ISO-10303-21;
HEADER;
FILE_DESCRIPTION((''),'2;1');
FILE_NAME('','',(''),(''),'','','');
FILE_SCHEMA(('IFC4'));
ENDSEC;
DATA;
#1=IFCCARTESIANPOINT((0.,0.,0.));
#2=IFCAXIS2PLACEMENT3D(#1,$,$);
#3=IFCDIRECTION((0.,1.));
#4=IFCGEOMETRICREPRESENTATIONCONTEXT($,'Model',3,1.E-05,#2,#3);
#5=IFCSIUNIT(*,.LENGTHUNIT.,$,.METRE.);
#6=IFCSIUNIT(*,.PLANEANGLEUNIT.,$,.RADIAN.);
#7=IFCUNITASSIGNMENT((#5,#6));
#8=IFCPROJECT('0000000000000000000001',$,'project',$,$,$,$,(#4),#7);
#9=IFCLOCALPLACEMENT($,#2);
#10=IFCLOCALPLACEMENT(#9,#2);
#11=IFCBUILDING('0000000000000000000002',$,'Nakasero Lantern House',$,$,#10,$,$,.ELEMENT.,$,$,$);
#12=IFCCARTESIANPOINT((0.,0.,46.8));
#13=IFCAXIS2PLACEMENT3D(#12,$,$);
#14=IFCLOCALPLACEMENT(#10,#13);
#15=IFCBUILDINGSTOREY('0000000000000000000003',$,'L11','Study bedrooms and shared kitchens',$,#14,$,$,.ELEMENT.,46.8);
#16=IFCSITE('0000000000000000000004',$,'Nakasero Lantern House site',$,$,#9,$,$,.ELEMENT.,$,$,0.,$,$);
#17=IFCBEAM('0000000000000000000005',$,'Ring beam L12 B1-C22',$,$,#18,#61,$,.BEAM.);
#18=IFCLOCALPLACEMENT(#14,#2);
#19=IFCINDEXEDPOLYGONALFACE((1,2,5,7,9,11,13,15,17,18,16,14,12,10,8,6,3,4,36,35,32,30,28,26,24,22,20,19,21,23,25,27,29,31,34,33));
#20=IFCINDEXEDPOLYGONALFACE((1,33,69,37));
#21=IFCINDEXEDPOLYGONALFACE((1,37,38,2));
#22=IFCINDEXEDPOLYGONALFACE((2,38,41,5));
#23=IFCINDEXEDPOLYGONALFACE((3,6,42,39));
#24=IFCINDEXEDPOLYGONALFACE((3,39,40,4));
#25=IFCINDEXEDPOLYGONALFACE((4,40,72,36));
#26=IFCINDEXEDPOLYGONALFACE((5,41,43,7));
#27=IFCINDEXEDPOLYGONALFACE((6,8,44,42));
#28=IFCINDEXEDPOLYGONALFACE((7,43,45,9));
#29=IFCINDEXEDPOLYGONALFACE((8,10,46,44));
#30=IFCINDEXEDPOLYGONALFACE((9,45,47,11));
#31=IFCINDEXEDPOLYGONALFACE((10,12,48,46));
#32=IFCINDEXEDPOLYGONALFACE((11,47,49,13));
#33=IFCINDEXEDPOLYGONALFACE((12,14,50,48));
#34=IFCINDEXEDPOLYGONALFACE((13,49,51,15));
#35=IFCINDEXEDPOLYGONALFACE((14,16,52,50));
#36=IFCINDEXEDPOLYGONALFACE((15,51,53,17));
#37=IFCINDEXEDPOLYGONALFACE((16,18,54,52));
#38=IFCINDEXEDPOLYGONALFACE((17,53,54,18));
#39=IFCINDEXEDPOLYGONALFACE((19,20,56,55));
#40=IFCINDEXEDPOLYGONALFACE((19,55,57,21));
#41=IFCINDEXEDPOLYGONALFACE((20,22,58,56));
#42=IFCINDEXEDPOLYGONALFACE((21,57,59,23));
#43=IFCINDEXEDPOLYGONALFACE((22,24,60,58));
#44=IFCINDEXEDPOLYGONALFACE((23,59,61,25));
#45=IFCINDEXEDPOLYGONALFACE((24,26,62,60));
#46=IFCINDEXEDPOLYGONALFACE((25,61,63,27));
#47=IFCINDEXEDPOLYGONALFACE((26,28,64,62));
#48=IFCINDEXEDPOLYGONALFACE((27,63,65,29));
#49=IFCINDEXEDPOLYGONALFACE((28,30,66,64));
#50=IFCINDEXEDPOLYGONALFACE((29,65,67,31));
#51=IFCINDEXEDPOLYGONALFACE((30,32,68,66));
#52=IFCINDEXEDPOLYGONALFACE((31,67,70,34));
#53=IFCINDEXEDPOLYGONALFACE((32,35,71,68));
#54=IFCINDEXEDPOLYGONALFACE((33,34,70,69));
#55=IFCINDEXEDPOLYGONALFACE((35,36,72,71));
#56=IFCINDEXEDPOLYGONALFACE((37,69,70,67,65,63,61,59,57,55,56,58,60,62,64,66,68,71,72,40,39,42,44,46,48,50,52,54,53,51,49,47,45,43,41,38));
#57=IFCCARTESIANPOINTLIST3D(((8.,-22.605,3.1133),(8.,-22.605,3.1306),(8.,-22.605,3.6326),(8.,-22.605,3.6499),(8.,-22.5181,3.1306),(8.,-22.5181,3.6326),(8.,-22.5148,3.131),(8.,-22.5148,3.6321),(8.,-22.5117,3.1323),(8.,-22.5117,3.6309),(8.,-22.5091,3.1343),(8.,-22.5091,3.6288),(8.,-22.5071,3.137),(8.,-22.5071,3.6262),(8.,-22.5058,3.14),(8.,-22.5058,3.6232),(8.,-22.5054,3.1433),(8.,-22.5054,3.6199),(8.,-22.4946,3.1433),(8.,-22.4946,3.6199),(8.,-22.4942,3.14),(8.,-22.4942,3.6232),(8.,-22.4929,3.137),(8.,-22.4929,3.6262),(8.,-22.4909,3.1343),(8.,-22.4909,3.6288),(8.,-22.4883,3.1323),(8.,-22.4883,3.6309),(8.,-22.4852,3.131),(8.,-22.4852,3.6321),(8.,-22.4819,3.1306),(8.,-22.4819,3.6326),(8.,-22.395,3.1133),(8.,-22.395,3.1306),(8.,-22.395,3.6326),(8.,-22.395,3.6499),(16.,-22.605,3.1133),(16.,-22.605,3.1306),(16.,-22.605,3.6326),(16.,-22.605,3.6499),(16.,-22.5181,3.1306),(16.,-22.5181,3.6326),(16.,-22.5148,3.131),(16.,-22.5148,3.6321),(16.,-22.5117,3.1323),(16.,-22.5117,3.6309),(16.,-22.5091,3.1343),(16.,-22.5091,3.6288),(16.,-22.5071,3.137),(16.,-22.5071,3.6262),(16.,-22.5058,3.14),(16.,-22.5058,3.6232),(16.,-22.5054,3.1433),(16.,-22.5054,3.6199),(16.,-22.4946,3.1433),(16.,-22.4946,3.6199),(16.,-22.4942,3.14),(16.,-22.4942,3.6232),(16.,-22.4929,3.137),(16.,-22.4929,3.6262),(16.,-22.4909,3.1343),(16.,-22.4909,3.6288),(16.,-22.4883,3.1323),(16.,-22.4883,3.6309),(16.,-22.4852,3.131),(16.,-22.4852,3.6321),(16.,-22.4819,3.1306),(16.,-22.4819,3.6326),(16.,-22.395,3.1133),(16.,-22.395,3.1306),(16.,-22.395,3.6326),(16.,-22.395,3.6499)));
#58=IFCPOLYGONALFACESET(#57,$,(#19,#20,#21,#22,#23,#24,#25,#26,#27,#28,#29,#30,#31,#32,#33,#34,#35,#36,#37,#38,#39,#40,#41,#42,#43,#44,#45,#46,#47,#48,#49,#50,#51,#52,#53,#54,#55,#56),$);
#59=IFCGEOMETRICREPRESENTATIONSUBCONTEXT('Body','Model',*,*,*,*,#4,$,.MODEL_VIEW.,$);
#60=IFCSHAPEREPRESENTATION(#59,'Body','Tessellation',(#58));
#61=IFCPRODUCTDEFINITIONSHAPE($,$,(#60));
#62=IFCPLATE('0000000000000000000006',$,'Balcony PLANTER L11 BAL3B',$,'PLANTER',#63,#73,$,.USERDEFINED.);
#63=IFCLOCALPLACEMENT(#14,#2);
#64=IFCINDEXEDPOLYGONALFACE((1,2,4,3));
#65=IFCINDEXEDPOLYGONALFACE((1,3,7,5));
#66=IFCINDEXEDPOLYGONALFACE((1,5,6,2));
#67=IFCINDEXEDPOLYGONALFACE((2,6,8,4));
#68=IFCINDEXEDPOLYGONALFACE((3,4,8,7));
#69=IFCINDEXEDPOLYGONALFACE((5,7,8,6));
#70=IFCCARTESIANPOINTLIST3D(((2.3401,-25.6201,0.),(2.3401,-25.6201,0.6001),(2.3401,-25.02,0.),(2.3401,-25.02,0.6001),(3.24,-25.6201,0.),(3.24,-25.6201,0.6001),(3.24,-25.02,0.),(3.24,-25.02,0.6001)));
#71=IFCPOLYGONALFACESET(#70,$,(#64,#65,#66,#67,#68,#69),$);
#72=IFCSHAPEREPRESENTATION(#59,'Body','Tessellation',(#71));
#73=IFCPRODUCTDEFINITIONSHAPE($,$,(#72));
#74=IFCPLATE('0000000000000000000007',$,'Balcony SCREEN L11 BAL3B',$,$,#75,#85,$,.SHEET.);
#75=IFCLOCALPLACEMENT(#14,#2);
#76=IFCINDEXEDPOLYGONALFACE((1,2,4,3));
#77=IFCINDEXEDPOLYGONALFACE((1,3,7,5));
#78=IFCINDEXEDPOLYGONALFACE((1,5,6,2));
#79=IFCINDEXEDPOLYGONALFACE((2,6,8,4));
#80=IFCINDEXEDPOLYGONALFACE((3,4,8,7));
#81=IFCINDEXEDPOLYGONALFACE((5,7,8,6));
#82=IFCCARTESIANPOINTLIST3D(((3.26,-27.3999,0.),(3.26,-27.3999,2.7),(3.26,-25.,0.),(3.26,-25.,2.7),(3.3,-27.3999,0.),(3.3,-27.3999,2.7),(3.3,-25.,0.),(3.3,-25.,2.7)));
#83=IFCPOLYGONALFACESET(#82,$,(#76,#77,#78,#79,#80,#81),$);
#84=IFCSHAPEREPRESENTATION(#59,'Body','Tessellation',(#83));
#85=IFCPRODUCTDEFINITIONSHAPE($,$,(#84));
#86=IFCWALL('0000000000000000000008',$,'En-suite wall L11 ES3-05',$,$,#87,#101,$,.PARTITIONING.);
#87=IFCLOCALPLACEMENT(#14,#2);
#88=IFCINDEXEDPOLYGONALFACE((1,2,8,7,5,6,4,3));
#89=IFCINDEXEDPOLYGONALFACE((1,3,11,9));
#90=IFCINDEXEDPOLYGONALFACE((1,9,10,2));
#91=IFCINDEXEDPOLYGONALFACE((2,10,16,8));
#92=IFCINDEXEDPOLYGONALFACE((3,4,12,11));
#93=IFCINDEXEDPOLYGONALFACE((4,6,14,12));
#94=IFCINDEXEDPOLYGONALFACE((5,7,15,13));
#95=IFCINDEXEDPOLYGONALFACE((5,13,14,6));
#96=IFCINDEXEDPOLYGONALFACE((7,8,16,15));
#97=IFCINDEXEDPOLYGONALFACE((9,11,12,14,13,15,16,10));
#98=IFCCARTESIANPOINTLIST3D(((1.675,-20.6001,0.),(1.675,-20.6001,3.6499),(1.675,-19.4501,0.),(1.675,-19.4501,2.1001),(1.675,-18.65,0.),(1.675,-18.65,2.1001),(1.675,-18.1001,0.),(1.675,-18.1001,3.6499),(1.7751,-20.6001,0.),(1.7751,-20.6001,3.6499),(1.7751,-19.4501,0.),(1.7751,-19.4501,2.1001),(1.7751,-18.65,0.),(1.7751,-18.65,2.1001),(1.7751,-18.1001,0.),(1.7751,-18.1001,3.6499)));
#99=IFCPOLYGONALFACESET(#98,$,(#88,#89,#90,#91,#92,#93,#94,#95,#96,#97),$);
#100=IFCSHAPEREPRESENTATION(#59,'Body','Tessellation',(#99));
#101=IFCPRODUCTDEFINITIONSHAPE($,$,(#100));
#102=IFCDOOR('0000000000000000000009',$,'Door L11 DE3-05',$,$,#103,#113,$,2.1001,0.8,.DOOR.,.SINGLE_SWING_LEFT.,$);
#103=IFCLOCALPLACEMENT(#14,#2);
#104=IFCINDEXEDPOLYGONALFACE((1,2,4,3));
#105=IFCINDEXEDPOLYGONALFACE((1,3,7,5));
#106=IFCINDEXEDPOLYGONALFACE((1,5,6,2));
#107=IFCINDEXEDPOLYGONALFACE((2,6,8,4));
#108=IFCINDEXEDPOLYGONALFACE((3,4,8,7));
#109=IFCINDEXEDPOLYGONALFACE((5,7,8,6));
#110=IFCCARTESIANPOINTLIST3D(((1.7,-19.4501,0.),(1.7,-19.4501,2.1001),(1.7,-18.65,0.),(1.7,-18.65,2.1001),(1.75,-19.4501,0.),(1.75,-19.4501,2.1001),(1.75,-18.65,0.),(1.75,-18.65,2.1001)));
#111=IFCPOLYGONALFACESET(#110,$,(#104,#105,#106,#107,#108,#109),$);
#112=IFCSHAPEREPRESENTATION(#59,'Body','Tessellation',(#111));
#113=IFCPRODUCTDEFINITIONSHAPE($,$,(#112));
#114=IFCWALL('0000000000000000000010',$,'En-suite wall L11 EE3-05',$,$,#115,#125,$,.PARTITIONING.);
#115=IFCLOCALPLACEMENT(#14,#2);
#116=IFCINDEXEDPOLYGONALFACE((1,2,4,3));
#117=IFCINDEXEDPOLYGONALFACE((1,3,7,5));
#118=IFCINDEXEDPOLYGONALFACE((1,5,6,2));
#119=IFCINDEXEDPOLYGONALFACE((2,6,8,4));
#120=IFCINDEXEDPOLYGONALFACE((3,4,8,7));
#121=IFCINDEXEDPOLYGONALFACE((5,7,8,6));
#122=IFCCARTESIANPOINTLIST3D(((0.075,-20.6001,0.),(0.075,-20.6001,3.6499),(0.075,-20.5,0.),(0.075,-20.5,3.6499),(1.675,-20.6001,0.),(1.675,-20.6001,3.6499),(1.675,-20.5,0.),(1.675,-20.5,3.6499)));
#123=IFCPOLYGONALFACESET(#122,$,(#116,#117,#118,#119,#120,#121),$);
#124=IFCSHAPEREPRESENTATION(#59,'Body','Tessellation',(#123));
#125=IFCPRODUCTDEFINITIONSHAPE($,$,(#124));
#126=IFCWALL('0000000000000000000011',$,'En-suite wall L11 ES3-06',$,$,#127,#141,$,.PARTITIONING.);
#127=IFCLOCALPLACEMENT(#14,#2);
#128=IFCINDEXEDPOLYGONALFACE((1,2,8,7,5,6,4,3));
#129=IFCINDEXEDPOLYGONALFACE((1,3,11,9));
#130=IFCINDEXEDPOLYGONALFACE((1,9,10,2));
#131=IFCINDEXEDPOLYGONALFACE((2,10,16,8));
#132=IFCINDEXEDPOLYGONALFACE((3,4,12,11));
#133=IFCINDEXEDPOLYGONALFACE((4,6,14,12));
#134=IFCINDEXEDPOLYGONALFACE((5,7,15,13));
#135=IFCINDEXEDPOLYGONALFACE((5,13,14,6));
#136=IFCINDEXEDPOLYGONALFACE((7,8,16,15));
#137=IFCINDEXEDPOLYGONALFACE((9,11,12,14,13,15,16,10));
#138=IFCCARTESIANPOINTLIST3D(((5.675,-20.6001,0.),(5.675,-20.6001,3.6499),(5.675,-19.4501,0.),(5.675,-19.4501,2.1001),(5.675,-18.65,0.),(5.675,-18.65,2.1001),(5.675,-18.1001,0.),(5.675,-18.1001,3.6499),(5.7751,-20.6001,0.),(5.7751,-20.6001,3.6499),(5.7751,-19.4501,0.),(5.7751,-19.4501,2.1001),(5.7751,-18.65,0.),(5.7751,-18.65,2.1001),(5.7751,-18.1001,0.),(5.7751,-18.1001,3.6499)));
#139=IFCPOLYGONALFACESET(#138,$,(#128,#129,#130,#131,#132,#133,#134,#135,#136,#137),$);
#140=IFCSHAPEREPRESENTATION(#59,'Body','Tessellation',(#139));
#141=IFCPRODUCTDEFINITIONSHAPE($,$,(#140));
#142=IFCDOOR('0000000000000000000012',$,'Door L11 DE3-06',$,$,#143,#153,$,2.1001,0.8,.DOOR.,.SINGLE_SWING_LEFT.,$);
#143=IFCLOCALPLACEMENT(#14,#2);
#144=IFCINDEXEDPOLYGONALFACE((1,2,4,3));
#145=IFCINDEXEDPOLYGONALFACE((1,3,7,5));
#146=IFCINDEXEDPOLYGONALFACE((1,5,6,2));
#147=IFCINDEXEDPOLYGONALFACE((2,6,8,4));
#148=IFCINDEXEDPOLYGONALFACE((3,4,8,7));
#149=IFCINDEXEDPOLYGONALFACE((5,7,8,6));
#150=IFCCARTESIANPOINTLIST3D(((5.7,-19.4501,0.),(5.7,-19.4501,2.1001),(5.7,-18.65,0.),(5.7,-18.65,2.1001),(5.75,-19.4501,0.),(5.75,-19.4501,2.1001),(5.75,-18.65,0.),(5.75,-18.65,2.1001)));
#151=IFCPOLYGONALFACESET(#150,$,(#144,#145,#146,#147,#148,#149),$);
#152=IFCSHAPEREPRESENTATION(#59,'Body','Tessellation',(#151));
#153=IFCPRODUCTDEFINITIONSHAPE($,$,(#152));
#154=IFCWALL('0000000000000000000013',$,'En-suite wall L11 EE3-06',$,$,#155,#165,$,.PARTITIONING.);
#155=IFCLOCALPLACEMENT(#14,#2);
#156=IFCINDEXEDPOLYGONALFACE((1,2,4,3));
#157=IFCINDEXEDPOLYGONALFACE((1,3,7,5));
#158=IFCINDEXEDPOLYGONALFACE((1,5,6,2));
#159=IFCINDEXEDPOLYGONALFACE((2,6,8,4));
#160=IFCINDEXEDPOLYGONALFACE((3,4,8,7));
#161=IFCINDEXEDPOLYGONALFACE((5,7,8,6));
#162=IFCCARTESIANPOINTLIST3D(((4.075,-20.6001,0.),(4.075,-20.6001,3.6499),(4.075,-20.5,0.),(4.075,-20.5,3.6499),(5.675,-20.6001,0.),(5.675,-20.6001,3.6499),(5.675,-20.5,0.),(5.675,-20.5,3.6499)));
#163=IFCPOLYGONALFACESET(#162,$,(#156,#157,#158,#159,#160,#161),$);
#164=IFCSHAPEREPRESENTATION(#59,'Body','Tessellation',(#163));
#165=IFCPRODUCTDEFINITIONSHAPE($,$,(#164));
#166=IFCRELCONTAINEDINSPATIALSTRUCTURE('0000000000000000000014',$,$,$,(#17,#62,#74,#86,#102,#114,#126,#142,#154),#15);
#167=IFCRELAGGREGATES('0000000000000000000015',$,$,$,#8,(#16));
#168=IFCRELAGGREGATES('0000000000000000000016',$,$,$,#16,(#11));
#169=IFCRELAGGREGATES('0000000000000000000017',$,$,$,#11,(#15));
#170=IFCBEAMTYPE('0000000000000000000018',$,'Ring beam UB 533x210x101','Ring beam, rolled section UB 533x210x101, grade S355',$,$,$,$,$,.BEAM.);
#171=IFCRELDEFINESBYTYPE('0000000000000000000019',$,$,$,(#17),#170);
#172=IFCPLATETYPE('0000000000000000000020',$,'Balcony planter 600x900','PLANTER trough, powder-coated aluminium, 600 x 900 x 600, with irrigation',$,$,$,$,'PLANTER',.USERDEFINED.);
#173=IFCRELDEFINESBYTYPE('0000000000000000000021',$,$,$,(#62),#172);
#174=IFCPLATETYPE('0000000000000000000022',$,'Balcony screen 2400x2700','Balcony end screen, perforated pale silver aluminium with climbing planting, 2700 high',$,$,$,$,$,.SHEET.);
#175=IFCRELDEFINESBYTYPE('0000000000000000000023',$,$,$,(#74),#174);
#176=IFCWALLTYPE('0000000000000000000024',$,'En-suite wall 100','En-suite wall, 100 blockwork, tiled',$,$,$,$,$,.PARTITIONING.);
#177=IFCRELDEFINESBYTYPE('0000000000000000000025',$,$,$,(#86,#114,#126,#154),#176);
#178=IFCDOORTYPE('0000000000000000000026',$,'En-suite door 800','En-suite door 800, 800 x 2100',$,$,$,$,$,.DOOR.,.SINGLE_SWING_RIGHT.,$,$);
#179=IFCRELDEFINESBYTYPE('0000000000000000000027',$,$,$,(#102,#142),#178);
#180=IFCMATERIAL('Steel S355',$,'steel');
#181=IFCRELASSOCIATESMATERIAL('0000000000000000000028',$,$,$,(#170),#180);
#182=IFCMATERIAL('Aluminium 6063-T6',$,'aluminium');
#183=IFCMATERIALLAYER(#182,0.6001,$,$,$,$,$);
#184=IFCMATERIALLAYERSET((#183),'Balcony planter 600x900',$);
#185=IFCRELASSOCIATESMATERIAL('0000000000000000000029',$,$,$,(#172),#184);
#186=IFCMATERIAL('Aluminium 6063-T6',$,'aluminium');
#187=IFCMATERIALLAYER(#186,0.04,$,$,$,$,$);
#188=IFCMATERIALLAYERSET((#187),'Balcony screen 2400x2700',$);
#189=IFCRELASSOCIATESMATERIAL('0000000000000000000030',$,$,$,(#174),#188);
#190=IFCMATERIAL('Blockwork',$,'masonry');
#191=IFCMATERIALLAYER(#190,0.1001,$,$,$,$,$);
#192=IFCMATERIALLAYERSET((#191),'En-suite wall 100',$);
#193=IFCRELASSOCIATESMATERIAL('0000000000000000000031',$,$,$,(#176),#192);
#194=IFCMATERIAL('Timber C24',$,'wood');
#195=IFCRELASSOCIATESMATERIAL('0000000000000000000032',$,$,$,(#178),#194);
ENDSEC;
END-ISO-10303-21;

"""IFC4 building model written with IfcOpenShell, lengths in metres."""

from ifc_helpers import new_model, si_unit, direction, frame, frame_2d, origin, origin_2d, place, context, subcontext, project, spatial, rectangle, i_section, extrude, material, layer, layer_set, material_profile, profile_set, type_object, element, fill, save


model = new_model("IFC4")

# Units and contexts
model_context = context("Model", 3, precision=1e-05, world=origin(), true_north=direction((0.0, 1.0)))
body_context = subcontext(model_context, "Body", "Model", "MODEL_VIEW")
ifc_project = project(units=[si_unit("LENGTHUNIT", "METRE"), si_unit("PLANEANGLEUNIT", "RADIAN")], contexts=[model_context])

# Site, building, storey
site_placement = place(None, origin())
site = spatial("IfcSite", under=ifc_project, at=site_placement, Name="Nakasero Lantern House site", CompositionType="ELEMENT", RefElevation=0.0)
building_placement = place(site_placement, origin())
building = spatial("IfcBuilding", under=site, at=building_placement, Name="Nakasero Lantern House", CompositionType="ELEMENT")
storey_placement = place(building_placement, frame((0.0, 0.0, 46.8)))
storey = spatial("IfcBuildingStorey", under=building, at=storey_placement, Name="L11", Description="Study bedrooms and shared kitchens", CompositionType="ELEMENT", Elevation=46.8)

# Beam
ifc_material_1 = material(Name="Steel S355", Category="steel")
ifc_material_profile_1 = material_profile(ifc_material_1, i_section(OverallWidth=0.21, OverallDepth=0.5366, WebThickness=0.0107, FlangeThickness=0.0173, FilletRadius=0.0127, at=origin_2d()), Name="UB 533x210x101")
ifc_profile_set_1 = profile_set([ifc_material_profile_1], Name="Steel S355")
beam_type_1 = type_object("IfcBeamType", Name="Ring beam UB 533x210x101", Description="Ring beam, rolled section UB 533x210x101, grade S355", PredefinedType="BEAM", material=ifc_profile_set_1)
beam_1_placement = place(storey_placement, frame((8.0, -22.5, 3.3816), z_axis=(1.0, 0.0, 0.0), x_axis=(0.0, 1.0, 0.0)))
element("IfcBeam", 1, at=beam_1_placement, inside=storey, type_object=beam_type_1, Name="Ring beam L12 B1-C22", PredefinedType="BEAM", context=body_context, shape_type="SweptSolid", body=[
    extrude(i_section(OverallWidth=0.21, OverallDepth=0.5366, WebThickness=0.0107, FlangeThickness=0.0173, FilletRadius=0.0127, at=origin_2d()), origin(), (0.0, 0.0, 1.0), 8.0),
])

# Plates
ifc_material_2 = material(Name="Aluminium 6063-T6", Category="aluminium")
ifc_layer_1 = layer(ifc_material_2, 0.6001)
ifc_layer_set_1 = layer_set([ifc_layer_1], Name="Balcony planter 600x900")
plate_type_1 = type_object("IfcPlateType", Name="Balcony planter 600x900", Description="PLANTER trough, powder-coated aluminium, 600 x 900 x 600, with irrigation", ElementType="PLANTER", PredefinedType="USERDEFINED", material=ifc_layer_set_1)
plate_1_placement = place(storey_placement, frame((2.79, -25.3201, 0.0), z_axis=(0.0, 0.0, 1.0), x_axis=(0.0, -1.0, 0.0)))
element("IfcPlate", 2, at=plate_1_placement, inside=storey, type_object=plate_type_1, Name="Balcony PLANTER L11 BAL3B", ObjectType="PLANTER", PredefinedType="USERDEFINED", context=body_context, shape_type="SweptSolid", body=[
    extrude(rectangle(XDim=0.6001, YDim=0.8999, at=origin_2d()), origin(), (0.0, 0.0, 1.0), 0.6001),
])
ifc_material_3 = material(Name="Aluminium 6063-T6", Category="aluminium")
ifc_layer_2 = layer(ifc_material_3, 0.04)
ifc_layer_set_2 = layer_set([ifc_layer_2], Name="Balcony screen 2400x2700")
plate_type_2 = type_object("IfcPlateType", Name="Balcony screen 2400x2700", Description="Balcony end screen, perforated pale silver aluminium with climbing planting, 2700 high", PredefinedType="SHEET", material=ifc_layer_set_2)
plate_2_placement = place(storey_placement, frame((3.28, -26.2, 0.0), z_axis=(0.0, 0.0, 1.0), x_axis=(0.0, -1.0, 0.0)))
element("IfcPlate", 3, at=plate_2_placement, inside=storey, type_object=plate_type_2, Name="Balcony SCREEN L11 BAL3B", PredefinedType="SHEET", context=body_context, shape_type="SweptSolid", body=[
    extrude(rectangle(XDim=2.3999, YDim=0.04, at=origin_2d()), origin(), (0.0, 0.0, 1.0), 2.7),
])

# Wall, opening, door
ifc_material_4 = material(Name="Blockwork", Category="masonry")
ifc_layer_3 = layer(ifc_material_4, 0.1001)
ifc_layer_set_3 = layer_set([ifc_layer_3], Name="En-suite wall 100")
wall_type_1 = type_object("IfcWallType", Name="En-suite wall 100", Description="En-suite wall, 100 blockwork, tiled", PredefinedType="PARTITIONING", material=ifc_layer_set_3)
wall_1_placement = place(storey_placement, frame((1.7251, -18.1001, 0.0), z_axis=(0.0, 0.0, 1.0), x_axis=(0.0, -1.0, 0.0)))
wall_1 = element("IfcWall", 4, at=wall_1_placement, inside=storey, type_object=wall_type_1, Name="En-suite wall L11 ES3-05", PredefinedType="PARTITIONING", context=body_context, shape_type="SweptSolid", body=[
    extrude(rectangle(XDim=2.5, YDim=0.1001, at=frame_2d((1.25, 0.0))), origin(), (0.0, 0.0, 1.0), 3.6499),
])
opening_1_placement = place(wall_1_placement, frame((0.55, 0.0, 0.0)))
opening_1 = element("IfcOpeningElement", 5, at=opening_1_placement, cuts=wall_1, PredefinedType="OPENING", context=body_context, shape_type="SweptSolid", body=[
    extrude(rectangle(XDim=0.8, YDim=2.1001, at=frame_2d((0.3999, 1.05))), frame((0.0, 0.0701, 0.0), z_axis=(0.0, -1.0, 0.0), x_axis=(1.0, 0.0, 0.0)), (0.0, 0.0, 1.0), 0.1401),
])
ifc_material_5 = material(Name="Timber C24", Category="wood")
door_type = type_object("IfcDoorType", Name="En-suite door 800", Description="En-suite door 800, 800 x 2100", OperationType="SINGLE_SWING_RIGHT", PredefinedType="DOOR", material=ifc_material_5)
door_1_placement = place(opening_1_placement, origin())
door_1 = element("IfcDoor", 6, at=door_1_placement, inside=storey, type_object=door_type, Name="Door L11 DE3-05", OperationType="SINGLE_SWING_LEFT", OverallHeight=2.1001, OverallWidth=0.8, PredefinedType="DOOR", context=body_context, shape_type="SweptSolid", body=[
    extrude(rectangle(XDim=0.8, YDim=2.1001, at=frame_2d((0.3999, 1.05))), frame((0.0, 0.0249, 0.0), z_axis=(0.0, -1.0, 0.0), x_axis=(1.0, 0.0, 0.0)), (0.0, 0.0, 1.0), 0.05),
])
fill(opening_1, door_1)

# Wall
wall_2_placement = place(storey_placement, frame((0.075, -20.55, 0.0), z_axis=(0.0, 0.0, 1.0), x_axis=(1.0, 0.0, 0.0)))
element("IfcWall", 7, at=wall_2_placement, inside=storey, type_object=wall_type_1, Name="En-suite wall L11 EE3-05", PredefinedType="PARTITIONING", context=body_context, shape_type="SweptSolid", body=[
    extrude(rectangle(XDim=1.6001, YDim=0.1001, at=frame_2d((0.8, 0.0))), origin(), (0.0, 0.0, 1.0), 3.6499),
])

# Wall, opening, door
wall_3_placement = place(storey_placement, frame((5.7251, -18.1001, 0.0), z_axis=(0.0, 0.0, 1.0), x_axis=(0.0, -1.0, 0.0)))
wall_3 = element("IfcWall", 8, at=wall_3_placement, inside=storey, type_object=wall_type_1, Name="En-suite wall L11 ES3-06", PredefinedType="PARTITIONING", context=body_context, shape_type="SweptSolid", body=[
    extrude(rectangle(XDim=2.5, YDim=0.1001, at=frame_2d((1.25, 0.0))), origin(), (0.0, 0.0, 1.0), 3.6499),
])
opening_2_placement = place(wall_3_placement, frame((0.55, 0.0, 0.0)))
opening_2 = element("IfcOpeningElement", 9, at=opening_2_placement, cuts=wall_3, PredefinedType="OPENING", context=body_context, shape_type="SweptSolid", body=[
    extrude(rectangle(XDim=0.8, YDim=2.1001, at=frame_2d((0.3999, 1.05))), frame((0.0, 0.0701, 0.0), z_axis=(0.0, -1.0, 0.0), x_axis=(1.0, 0.0, 0.0)), (0.0, 0.0, 1.0), 0.1401),
])
door_2_placement = place(opening_2_placement, origin())
door_2 = element("IfcDoor", 10, at=door_2_placement, inside=storey, type_object=door_type, Name="Door L11 DE3-06", OperationType="SINGLE_SWING_LEFT", OverallHeight=2.1001, OverallWidth=0.8, PredefinedType="DOOR", context=body_context, shape_type="SweptSolid", body=[
    extrude(rectangle(XDim=0.8, YDim=2.1001, at=frame_2d((0.3999, 1.05))), frame((0.0, 0.0249, 0.0), z_axis=(0.0, -1.0, 0.0), x_axis=(1.0, 0.0, 0.0)), (0.0, 0.0, 1.0), 0.05),
])
fill(opening_2, door_2)

# Wall
wall_4_placement = place(storey_placement, frame((4.075, -20.55, 0.0), z_axis=(0.0, 0.0, 1.0), x_axis=(1.0, 0.0, 0.0)))
element("IfcWall", 11, at=wall_4_placement, inside=storey, type_object=wall_type_1, Name="En-suite wall L11 EE3-06", PredefinedType="PARTITIONING", context=body_context, shape_type="SweptSolid", body=[
    extrude(rectangle(XDim=1.6001, YDim=0.1001, at=frame_2d((0.8, 0.0))), origin(), (0.0, 0.0, 1.0), 3.6499),
])

save(model, "model.ifc")
